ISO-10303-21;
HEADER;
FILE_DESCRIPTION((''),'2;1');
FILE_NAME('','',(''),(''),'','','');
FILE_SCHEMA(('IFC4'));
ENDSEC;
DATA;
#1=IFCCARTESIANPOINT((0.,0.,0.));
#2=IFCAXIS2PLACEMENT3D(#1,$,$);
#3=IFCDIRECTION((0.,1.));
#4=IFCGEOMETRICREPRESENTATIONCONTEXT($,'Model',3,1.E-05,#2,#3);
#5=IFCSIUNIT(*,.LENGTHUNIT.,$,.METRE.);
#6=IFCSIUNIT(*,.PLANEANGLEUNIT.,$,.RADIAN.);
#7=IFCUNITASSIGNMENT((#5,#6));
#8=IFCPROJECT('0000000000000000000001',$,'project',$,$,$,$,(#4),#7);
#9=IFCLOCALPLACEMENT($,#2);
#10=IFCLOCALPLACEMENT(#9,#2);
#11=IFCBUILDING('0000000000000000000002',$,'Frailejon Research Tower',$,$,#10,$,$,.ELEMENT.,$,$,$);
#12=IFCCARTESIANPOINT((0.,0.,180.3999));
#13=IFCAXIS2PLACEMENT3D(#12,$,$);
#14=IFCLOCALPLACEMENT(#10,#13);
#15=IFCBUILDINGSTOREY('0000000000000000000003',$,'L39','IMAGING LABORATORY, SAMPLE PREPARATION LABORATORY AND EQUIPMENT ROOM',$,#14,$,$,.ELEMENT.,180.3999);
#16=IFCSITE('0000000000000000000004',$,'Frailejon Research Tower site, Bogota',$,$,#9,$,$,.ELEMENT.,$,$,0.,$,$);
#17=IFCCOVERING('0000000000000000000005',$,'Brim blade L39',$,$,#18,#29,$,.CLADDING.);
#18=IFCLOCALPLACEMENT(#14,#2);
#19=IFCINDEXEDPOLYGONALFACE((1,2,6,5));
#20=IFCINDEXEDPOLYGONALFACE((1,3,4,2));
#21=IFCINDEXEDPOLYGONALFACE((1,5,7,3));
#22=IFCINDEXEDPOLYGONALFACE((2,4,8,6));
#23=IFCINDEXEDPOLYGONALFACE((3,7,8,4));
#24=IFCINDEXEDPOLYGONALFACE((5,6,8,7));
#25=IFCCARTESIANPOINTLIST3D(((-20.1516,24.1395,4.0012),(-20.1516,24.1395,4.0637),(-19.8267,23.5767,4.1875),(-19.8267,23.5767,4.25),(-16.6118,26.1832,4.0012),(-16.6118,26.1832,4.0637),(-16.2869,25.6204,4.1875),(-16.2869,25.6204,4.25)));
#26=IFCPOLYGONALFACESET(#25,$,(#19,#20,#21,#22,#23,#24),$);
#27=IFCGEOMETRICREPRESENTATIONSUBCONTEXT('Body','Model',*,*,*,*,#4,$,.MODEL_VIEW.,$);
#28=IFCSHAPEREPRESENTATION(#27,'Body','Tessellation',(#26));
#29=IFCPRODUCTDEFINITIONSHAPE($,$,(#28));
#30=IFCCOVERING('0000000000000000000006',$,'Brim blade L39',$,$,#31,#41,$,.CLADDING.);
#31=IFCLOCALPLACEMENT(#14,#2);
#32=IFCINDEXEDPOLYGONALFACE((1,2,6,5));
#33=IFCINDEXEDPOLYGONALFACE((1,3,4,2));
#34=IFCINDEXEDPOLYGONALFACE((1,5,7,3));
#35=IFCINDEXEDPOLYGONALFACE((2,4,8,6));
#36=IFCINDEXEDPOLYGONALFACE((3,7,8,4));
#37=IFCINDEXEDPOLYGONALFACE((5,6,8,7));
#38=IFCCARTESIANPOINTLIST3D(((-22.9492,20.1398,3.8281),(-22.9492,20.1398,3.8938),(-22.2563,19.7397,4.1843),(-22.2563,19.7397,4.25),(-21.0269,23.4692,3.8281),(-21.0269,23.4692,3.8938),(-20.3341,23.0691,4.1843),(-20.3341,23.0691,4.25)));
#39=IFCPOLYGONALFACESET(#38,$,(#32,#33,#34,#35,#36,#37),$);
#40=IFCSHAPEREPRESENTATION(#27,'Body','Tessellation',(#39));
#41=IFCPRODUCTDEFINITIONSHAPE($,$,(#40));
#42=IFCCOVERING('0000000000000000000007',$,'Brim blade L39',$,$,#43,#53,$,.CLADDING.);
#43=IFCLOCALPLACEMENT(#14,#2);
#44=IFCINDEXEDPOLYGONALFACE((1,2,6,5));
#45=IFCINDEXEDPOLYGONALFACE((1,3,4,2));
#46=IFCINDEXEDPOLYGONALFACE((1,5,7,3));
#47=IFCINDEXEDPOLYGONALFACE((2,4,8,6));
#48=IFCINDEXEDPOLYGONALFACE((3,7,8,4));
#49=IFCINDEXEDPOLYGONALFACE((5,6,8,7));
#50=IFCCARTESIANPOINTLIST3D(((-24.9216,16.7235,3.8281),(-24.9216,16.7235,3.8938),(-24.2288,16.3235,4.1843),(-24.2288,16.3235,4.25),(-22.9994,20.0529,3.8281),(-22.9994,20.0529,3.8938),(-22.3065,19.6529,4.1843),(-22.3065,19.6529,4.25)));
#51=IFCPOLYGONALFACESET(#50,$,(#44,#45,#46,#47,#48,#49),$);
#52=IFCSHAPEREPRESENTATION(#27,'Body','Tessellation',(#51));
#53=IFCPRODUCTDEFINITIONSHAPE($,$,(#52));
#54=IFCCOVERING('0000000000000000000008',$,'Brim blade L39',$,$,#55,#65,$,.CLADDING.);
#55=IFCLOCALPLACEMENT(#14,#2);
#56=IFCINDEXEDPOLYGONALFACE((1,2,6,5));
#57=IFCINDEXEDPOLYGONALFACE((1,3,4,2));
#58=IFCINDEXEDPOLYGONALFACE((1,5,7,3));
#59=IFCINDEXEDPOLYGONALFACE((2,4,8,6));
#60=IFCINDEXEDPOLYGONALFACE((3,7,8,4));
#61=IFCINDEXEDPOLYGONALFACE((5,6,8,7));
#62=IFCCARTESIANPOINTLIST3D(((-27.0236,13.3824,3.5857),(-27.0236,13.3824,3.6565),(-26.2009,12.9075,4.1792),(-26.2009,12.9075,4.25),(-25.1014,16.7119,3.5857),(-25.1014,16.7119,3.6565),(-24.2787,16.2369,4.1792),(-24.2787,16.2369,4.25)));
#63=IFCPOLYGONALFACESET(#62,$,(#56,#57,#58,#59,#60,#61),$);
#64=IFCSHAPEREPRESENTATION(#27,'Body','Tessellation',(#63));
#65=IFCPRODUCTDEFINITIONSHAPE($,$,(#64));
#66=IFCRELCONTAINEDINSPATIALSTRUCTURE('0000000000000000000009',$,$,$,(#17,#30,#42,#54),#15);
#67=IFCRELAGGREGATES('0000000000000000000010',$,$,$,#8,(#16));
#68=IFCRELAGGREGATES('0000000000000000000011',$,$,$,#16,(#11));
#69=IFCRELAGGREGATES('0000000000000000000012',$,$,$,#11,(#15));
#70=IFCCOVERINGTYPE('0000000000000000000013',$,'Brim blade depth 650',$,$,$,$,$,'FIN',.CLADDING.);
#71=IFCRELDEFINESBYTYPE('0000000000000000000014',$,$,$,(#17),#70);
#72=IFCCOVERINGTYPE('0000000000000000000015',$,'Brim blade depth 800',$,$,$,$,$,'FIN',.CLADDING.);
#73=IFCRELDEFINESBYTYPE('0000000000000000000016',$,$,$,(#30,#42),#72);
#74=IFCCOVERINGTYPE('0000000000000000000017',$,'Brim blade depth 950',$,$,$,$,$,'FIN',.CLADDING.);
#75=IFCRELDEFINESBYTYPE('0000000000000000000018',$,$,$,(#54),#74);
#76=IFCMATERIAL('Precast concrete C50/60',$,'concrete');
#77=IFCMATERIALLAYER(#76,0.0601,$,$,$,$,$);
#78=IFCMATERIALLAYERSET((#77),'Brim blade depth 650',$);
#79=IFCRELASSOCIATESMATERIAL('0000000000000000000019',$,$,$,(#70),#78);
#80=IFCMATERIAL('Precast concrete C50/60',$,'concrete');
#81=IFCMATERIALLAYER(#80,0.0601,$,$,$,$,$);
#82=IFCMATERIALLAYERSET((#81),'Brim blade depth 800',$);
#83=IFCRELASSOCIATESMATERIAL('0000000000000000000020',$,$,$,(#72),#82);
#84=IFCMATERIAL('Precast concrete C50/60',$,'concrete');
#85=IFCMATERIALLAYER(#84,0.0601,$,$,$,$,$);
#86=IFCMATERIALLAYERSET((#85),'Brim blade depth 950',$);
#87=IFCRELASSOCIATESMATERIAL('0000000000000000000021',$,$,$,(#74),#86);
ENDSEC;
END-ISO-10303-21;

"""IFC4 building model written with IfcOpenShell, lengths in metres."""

from ifc_helpers import new_model, si_unit, direction, frame, origin, place, context, subcontext, project, spatial, polyline, outline, extrude, material, layer, layer_set, type_object, element, save


model = new_model("IFC4")

# Units and contexts
model_context = context("Model", 3, precision=1e-05, world=origin(), true_north=direction((0.0, 1.0)))
body_context = subcontext(model_context, "Body", "Model", "MODEL_VIEW")
ifc_project = project(units=[si_unit("LENGTHUNIT", "METRE"), si_unit("PLANEANGLEUNIT", "RADIAN")], contexts=[model_context])

# Site, building, storey
site_placement = place(None, origin())
site = spatial("IfcSite", under=ifc_project, at=site_placement, Name="Frailejon Research Tower site, Bogota", CompositionType="ELEMENT", RefElevation=0.0)
building_placement = place(site_placement, origin())
building = spatial("IfcBuilding", under=site, at=building_placement, Name="Frailejon Research Tower", CompositionType="ELEMENT")
storey_placement = place(building_placement, frame((0.0, 0.0, 180.3999)))
storey = spatial("IfcBuildingStorey", under=building, at=storey_placement, Name="L39", Description="IMAGING LABORATORY, SAMPLE PREPARATION LABORATORY AND EQUIPMENT ROOM", CompositionType="ELEMENT", Elevation=180.3999)

# Coverings
ifc_material_1 = material(Name="Precast concrete C50/60", Category="concrete")
ifc_layer_1 = layer(ifc_material_1, 0.0601)
ifc_layer_set_1 = layer_set([ifc_layer_1], Name="Brim blade depth 650")
covering_type_1 = type_object("IfcCoveringType", Name="Brim blade depth 650", ElementType="FIN", PredefinedType="CLADDING", material=ifc_layer_set_1)
covering_1_placement = place(storey_placement, frame((-19.8267, 23.5767, 4.25), z_axis=(0.866021, 0.500007, 0.0), x_axis=(-0.500007, 0.866021, 0.0)))
element("IfcCovering", 1, at=covering_1_placement, inside=storey, type_object=covering_type_1, Name="Brim blade L39", PredefinedType="CLADDING", context=body_context, shape_type="SweptSolid", body=[
    extrude(outline(polyline([(0.0, -0.0625), (0.6499, -0.2488), (0.6499, -0.1863), (0.0, 0.0), (0.0, -0.0625)])), origin(), (0.0, 0.0, 1.0), 4.0874),
])
ifc_material_2 = material(Name="Precast concrete C50/60", Category="concrete")
ifc_layer_2 = layer(ifc_material_2, 0.0601)
ifc_layer_set_2 = layer_set([ifc_layer_2], Name="Brim blade depth 800")
covering_type_2 = type_object("IfcCoveringType", Name="Brim blade depth 800", ElementType="FIN", PredefinedType="CLADDING", material=ifc_layer_set_2)
for number, where, z_axis, x_axis, name in (
    (2, (-22.2563, 19.7397, 4.25), (0.500014, 0.866018, 0.0), (-0.866018, 0.500014, 0.0), "Brim blade L39"),
    (3, (-24.2288, 16.3235, 4.25), (0.500003, 0.866024, 0.0), (-0.866024, 0.500003, 0.0), "Brim blade L39"),
):
    element("IfcCovering", number, at=place(storey_placement, frame(where, z_axis=z_axis, x_axis=x_axis)), inside=storey, type_object=covering_type_2, Name=name, PredefinedType="CLADDING", context=body_context, shape_type="SweptSolid", body=[
        extrude(outline(polyline([(0.0, -0.0657), (0.8, -0.4219), (0.8, -0.3562), (0.0, 0.0), (0.0, -0.0657)])), origin(), (0.0, 0.0, 1.0), 3.8445),
    ])
ifc_material_3 = material(Name="Precast concrete C50/60", Category="concrete")
ifc_layer_3 = layer(ifc_material_3, 0.0601)
ifc_layer_set_3 = layer_set([ifc_layer_3], Name="Brim blade depth 950")
covering_type_3 = type_object("IfcCoveringType", Name="Brim blade depth 950", ElementType="FIN", PredefinedType="CLADDING", material=ifc_layer_set_3)
covering_2_placement = place(storey_placement, frame((-26.2009, 12.9075, 4.25), z_axis=(0.500003, 0.866024, 0.0), x_axis=(-0.866024, 0.500003, 0.0)))
element("IfcCovering", 4, at=covering_2_placement, inside=storey, type_object=covering_type_3, Name="Brim blade L39", PredefinedType="CLADDING", context=body_context, shape_type="SweptSolid", body=[
    extrude(outline(polyline([(0.0, -0.0708), (0.95, -0.6643), (0.95, -0.5935), (0.0, 0.0), (0.0, -0.0708)])), origin(), (0.0, 0.0, 1.0), 3.8445),
])

save(model, "model.ifc")
